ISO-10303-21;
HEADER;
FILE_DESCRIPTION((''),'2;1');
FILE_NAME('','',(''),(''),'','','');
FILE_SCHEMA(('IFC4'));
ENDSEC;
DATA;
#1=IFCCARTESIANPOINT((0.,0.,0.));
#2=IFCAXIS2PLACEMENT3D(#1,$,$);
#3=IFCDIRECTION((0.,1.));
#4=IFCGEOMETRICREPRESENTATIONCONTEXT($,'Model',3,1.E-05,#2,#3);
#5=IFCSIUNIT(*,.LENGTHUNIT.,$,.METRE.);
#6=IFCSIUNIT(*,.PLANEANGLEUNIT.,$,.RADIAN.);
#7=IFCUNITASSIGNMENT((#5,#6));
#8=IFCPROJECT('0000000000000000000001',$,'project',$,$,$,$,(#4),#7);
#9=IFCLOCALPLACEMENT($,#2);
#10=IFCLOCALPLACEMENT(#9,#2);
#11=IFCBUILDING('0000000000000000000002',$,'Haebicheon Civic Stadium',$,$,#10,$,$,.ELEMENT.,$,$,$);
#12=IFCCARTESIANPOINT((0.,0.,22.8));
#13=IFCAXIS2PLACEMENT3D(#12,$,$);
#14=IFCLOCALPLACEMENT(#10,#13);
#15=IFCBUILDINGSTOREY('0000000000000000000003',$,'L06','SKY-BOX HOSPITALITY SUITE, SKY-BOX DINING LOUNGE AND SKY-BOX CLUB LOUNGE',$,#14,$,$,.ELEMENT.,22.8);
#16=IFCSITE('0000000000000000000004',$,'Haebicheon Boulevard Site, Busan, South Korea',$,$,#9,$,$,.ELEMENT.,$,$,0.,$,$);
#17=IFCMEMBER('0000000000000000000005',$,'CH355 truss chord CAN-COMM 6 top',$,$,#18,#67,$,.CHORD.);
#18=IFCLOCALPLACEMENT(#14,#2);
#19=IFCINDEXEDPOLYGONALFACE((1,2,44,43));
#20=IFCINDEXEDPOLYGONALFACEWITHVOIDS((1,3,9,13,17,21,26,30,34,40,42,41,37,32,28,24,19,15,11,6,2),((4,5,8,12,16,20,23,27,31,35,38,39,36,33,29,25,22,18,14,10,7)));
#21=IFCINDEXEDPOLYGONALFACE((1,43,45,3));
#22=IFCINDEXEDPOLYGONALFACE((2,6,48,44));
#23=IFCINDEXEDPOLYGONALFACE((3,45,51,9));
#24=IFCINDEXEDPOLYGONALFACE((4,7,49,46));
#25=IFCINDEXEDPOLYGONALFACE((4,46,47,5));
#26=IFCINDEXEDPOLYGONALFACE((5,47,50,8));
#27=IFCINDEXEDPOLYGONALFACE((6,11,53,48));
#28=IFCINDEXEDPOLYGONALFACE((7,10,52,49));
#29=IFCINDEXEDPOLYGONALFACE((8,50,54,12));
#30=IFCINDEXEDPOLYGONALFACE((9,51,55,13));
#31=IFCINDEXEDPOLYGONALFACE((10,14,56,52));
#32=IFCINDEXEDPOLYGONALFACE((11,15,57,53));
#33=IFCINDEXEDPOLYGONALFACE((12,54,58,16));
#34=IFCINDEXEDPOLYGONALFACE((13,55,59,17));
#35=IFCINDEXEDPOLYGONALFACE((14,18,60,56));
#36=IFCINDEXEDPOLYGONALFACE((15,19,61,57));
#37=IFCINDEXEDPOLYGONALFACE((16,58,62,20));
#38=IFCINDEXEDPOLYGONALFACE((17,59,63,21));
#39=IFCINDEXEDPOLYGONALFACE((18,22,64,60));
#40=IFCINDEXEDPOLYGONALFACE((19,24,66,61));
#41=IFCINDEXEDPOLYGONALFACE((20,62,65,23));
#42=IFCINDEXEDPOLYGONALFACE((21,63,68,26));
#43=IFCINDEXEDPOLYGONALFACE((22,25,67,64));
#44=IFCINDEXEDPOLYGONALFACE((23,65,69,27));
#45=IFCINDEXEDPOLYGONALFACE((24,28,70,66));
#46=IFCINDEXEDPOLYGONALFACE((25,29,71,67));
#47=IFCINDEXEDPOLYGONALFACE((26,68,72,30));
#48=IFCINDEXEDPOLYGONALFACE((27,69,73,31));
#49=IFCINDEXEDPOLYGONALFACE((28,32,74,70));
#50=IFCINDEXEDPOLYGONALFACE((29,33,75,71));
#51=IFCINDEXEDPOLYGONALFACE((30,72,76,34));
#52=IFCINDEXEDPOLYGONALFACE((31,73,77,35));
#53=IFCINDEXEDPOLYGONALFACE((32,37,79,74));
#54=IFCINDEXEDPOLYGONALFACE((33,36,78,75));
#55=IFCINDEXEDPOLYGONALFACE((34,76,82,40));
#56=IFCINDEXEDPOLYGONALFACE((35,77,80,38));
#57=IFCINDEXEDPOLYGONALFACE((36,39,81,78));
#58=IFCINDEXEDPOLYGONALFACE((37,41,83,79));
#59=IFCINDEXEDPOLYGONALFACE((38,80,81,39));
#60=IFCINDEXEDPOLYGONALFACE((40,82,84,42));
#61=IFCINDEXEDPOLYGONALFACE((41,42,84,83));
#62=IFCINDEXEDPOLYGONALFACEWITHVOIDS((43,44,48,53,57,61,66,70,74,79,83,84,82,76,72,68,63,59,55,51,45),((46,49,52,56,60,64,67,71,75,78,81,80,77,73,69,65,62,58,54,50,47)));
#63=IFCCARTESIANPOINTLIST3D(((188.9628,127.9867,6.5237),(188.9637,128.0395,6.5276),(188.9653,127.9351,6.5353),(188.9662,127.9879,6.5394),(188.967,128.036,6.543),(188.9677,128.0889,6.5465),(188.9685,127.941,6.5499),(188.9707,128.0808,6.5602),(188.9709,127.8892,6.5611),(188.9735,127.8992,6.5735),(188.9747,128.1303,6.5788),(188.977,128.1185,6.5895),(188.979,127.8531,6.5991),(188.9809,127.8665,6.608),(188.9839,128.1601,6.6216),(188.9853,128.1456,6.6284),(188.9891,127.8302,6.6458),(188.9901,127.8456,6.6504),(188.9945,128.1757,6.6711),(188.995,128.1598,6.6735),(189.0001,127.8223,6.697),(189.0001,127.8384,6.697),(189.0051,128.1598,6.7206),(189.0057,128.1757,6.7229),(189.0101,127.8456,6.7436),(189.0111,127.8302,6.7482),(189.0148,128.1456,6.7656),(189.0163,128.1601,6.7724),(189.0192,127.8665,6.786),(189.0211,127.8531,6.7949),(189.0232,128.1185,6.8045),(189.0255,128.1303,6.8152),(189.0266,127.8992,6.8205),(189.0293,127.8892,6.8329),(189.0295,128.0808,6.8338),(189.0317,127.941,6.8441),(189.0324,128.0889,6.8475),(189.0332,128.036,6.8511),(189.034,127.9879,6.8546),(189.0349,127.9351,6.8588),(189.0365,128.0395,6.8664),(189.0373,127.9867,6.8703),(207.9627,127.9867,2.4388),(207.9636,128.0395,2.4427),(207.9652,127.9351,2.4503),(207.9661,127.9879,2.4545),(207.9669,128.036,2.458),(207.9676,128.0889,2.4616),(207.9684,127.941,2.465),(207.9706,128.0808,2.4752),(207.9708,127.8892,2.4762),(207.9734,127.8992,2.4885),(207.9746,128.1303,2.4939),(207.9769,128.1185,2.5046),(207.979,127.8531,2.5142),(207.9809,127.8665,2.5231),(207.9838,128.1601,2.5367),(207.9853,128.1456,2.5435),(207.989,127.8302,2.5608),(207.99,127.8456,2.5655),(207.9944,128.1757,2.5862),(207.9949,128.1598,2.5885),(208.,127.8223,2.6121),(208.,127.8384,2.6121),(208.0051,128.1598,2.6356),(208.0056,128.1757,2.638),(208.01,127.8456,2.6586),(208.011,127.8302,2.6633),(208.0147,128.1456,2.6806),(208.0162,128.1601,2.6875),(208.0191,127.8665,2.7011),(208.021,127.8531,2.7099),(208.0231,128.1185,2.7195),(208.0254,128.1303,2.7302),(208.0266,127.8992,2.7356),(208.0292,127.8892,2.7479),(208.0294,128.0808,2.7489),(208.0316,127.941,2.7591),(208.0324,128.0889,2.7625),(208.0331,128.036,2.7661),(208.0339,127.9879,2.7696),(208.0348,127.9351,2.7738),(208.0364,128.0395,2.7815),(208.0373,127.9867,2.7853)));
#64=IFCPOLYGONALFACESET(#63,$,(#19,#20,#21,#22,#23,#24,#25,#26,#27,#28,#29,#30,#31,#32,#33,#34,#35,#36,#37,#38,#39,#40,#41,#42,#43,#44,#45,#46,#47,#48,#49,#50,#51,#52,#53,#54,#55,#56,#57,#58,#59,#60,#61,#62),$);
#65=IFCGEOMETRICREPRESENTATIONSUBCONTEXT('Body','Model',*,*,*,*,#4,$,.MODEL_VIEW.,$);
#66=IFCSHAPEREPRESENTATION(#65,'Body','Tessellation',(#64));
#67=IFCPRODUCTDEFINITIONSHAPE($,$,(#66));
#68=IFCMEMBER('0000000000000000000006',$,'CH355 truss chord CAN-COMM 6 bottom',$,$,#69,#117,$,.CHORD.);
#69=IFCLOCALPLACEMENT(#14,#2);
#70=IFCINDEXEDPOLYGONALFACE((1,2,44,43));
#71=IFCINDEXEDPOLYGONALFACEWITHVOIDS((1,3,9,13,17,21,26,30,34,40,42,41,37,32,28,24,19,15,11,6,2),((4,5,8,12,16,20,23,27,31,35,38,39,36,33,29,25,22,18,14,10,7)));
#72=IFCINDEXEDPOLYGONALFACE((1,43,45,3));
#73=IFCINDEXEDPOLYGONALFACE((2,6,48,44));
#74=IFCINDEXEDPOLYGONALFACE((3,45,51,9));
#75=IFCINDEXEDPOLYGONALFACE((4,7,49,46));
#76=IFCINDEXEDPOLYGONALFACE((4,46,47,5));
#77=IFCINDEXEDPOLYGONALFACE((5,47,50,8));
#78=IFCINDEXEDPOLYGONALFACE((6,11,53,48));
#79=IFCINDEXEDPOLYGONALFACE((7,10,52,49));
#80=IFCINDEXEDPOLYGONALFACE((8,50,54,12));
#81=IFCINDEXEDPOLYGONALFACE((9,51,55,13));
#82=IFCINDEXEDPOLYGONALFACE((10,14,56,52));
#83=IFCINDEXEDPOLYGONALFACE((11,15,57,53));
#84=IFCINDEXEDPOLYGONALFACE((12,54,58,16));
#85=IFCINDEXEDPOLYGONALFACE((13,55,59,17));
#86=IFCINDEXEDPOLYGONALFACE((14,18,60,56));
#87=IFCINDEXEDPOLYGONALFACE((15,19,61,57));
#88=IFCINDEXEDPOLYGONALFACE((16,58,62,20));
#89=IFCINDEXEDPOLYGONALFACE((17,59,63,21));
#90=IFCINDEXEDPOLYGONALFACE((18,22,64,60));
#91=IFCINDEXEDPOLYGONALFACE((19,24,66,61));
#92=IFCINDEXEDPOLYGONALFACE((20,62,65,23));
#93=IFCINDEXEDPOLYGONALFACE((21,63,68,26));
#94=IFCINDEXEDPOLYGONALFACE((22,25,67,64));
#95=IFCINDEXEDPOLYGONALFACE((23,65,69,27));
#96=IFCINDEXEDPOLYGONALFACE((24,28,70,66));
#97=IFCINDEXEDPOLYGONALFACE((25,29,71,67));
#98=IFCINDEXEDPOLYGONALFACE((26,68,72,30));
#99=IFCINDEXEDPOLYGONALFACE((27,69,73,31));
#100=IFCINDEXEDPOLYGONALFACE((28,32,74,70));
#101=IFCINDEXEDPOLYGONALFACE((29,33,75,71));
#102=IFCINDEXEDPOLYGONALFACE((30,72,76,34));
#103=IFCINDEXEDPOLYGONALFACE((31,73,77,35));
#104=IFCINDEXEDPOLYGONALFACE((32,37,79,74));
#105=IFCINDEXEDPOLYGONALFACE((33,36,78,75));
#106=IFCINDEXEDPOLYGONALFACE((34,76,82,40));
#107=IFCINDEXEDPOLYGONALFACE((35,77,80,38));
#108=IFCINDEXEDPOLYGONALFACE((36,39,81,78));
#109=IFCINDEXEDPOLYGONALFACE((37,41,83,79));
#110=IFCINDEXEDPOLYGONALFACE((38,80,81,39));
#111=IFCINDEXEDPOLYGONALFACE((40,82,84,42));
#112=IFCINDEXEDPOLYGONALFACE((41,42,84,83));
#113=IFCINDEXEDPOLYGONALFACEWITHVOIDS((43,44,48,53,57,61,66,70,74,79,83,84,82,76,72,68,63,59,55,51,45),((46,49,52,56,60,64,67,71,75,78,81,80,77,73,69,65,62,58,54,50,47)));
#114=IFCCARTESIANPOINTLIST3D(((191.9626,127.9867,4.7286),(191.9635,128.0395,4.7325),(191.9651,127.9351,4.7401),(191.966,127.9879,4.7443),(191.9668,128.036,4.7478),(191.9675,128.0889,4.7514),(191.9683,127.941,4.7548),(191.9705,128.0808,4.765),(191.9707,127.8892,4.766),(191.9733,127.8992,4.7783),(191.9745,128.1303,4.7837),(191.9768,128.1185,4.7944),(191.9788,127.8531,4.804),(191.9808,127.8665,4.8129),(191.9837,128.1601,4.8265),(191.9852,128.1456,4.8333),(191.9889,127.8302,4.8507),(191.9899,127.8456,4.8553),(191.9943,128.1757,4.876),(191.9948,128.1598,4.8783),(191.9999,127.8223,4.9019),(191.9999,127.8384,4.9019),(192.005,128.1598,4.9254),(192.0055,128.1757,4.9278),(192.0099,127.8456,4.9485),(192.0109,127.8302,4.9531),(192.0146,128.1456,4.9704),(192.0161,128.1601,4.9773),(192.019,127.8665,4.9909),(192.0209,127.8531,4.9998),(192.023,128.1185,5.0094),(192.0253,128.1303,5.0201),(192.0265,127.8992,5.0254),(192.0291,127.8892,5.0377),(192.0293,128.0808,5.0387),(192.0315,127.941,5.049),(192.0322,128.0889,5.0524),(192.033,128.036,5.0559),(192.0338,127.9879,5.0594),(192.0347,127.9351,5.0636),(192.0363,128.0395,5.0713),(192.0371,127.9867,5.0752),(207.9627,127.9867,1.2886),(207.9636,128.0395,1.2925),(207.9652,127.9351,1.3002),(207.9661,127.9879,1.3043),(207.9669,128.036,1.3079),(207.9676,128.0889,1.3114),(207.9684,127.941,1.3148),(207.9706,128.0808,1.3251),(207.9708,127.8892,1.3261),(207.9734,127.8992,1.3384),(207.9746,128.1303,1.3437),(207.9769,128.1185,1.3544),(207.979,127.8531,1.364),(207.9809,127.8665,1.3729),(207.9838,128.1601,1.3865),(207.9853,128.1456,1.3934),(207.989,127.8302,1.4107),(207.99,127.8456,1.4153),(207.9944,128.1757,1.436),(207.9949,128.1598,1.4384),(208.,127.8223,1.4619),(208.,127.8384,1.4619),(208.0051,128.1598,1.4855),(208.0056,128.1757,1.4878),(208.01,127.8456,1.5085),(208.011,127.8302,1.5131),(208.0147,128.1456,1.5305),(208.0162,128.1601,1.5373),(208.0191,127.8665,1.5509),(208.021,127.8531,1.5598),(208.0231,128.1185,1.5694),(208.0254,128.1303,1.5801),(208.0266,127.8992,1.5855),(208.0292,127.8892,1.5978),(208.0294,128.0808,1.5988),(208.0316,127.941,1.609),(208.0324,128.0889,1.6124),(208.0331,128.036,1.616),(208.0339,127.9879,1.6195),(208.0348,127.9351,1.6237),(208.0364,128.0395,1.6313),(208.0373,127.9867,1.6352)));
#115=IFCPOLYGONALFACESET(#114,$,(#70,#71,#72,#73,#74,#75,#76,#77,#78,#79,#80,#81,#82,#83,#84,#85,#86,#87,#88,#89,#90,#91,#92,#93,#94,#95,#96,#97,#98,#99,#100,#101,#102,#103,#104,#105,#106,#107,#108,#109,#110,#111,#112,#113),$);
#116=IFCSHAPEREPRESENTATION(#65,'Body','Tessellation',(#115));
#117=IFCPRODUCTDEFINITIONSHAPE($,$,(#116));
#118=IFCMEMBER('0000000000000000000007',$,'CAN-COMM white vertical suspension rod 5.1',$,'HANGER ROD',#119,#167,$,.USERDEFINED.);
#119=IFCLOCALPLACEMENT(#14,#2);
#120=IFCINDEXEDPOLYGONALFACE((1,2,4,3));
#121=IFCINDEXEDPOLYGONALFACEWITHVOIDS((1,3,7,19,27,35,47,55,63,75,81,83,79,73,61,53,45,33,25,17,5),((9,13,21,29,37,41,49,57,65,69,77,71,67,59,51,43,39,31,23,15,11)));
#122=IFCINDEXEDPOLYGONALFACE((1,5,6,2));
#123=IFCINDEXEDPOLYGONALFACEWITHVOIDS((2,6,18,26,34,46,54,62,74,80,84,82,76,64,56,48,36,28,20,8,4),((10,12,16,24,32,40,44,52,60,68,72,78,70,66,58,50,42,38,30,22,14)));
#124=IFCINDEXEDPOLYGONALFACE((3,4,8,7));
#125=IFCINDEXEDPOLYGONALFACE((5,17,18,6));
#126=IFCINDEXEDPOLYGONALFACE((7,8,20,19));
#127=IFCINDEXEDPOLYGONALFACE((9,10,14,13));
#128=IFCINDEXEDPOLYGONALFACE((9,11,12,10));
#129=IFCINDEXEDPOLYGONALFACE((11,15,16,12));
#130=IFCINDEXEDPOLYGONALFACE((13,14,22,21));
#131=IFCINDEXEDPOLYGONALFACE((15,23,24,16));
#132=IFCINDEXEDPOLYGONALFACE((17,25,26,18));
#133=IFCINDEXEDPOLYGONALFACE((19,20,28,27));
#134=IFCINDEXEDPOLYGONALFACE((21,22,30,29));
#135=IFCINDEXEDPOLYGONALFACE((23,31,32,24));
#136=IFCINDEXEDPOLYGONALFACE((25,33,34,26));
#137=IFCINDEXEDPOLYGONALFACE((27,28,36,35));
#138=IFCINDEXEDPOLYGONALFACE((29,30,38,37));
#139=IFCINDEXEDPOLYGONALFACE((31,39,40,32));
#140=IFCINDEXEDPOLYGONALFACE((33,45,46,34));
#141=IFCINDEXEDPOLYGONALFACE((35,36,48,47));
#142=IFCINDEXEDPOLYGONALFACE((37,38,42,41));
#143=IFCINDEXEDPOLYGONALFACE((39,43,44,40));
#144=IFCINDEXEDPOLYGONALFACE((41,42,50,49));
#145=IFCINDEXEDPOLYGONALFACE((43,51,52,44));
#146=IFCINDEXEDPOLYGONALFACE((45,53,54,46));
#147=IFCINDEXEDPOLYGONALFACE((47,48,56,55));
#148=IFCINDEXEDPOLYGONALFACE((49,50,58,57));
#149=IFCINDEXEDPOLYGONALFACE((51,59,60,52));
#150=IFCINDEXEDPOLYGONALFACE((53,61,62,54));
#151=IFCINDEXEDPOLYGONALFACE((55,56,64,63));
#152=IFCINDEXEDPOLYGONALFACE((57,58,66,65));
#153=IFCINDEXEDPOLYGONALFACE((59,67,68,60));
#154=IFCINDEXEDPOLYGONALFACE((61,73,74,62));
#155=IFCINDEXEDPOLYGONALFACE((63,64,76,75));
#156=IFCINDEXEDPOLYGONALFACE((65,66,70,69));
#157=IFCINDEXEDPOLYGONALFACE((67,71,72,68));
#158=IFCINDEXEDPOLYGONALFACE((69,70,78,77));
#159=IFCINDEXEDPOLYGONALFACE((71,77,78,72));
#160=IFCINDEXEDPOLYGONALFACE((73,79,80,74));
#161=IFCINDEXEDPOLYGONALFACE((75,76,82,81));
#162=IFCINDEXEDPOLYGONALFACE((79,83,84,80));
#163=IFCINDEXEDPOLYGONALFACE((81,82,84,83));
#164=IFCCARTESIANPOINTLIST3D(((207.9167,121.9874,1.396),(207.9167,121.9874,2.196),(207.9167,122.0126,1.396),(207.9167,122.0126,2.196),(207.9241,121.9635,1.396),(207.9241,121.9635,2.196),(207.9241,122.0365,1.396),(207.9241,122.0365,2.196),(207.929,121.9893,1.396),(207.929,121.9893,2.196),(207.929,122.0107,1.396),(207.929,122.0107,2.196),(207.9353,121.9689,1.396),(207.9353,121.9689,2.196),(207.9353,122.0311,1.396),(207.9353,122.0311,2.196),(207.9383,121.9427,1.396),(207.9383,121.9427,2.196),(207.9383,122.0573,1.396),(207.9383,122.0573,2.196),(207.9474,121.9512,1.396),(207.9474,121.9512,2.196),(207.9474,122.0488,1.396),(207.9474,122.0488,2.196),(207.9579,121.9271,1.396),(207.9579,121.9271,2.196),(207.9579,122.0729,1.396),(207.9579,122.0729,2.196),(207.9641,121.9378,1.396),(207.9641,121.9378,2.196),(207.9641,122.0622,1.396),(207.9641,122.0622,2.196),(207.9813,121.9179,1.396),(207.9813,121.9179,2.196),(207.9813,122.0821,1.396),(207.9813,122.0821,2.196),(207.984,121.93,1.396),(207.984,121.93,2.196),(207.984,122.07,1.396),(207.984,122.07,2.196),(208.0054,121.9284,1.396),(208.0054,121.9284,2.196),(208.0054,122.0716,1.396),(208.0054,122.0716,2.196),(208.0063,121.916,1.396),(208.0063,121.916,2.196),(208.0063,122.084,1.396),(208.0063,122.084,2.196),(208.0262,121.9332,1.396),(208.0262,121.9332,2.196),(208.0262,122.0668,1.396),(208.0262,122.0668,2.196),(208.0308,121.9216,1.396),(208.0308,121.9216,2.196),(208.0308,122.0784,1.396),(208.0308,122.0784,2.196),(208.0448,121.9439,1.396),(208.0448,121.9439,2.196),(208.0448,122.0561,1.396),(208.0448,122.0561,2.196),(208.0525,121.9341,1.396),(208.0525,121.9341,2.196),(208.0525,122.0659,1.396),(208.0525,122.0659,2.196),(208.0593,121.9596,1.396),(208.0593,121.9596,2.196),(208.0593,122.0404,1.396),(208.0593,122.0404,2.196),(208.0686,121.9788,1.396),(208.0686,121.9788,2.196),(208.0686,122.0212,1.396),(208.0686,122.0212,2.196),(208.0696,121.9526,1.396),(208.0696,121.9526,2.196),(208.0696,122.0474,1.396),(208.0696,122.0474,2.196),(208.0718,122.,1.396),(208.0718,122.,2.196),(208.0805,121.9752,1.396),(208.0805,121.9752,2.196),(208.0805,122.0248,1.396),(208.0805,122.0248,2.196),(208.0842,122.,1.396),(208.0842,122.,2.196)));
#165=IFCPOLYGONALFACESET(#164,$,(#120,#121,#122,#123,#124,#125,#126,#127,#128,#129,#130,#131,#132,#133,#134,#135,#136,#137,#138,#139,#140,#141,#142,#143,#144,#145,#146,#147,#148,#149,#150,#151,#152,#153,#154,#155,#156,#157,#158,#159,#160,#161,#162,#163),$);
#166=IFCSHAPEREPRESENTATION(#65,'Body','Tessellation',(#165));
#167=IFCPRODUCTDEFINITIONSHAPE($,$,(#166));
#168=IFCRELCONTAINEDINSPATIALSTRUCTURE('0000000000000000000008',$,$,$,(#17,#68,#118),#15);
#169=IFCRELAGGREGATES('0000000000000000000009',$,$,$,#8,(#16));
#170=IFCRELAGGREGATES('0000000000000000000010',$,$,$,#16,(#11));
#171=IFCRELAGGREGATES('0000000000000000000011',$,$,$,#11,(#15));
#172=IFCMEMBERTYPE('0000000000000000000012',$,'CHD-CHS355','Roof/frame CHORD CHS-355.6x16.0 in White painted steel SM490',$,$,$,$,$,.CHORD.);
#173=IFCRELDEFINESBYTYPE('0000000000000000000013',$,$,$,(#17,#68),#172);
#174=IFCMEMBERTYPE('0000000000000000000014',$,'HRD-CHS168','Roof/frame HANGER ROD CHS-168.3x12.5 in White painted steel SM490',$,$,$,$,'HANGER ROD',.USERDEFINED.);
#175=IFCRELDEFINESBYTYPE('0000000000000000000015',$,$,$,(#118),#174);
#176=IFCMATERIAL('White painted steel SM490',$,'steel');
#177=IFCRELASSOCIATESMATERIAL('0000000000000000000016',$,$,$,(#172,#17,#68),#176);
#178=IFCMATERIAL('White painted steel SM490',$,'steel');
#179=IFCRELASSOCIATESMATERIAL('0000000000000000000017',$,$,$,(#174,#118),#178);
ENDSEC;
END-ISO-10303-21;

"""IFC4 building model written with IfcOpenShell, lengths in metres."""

from ifc_helpers import new_model, si_unit, direction, frame, origin, origin_2d, place, context, subcontext, project, spatial, hollow_circle, extrude, material, material_profile, profile_set, type_object, element, save


model = new_model("IFC4")

# Units and contexts
model_context = context("Model", 3, precision=1e-05, world=origin(), true_north=direction((0.0, 1.0)))
body_context = subcontext(model_context, "Body", "Model", "MODEL_VIEW")
ifc_project = project(units=[si_unit("LENGTHUNIT", "METRE"), si_unit("PLANEANGLEUNIT", "RADIAN")], contexts=[model_context])

# Site, building, storey
site_placement = place(None, origin())
site = spatial("IfcSite", under=ifc_project, at=site_placement, Name="Haebicheon Boulevard Site, Busan, South Korea", CompositionType="ELEMENT", RefElevation=0.0)
building_placement = place(site_placement, origin())
building = spatial("IfcBuilding", under=site, at=building_placement, Name="Haebicheon Civic Stadium", CompositionType="ELEMENT")
storey_placement = place(building_placement, frame((0.0, 0.0, 22.8)))
storey = spatial("IfcBuildingStorey", under=building, at=storey_placement, Name="L06", Description="SKY-BOX HOSPITALITY SUITE, SKY-BOX DINING LOUNGE AND SKY-BOX CLUB LOUNGE", CompositionType="ELEMENT", Elevation=22.8)

# Members
ifc_material_1 = material(Name="White painted steel SM490", Category="steel")
ifc_material_profile_1 = material_profile(ifc_material_1, hollow_circle(Radius=0.1777, WallThickness=0.0161, at=origin_2d()), Name="CHS-355.6x16.0")
ifc_profile_set_1 = profile_set([ifc_material_profile_1], Name="White painted steel SM490")
member_type_1 = type_object("IfcMemberType", Name="CHD-CHS355", Description="Roof/frame CHORD CHS-355.6x16.0 in White painted steel SM490", PredefinedType="CHORD", material=ifc_profile_set_1)
member_1_placement = place(storey_placement, frame((208.0, 128.0, 2.6121), z_axis=(-0.97766, 0.0, 0.210195), x_axis=(0.0, -1.0, 0.0)))
element("IfcMember", 1, at=member_1_placement, inside=storey, type_object=member_type_1, material=ifc_profile_set_1, Name="CH355 truss chord CAN-COMM 6 top", PredefinedType="CHORD", context=body_context, shape_type="SweptSolid", body=[
    extrude(hollow_circle(Radius=0.1777, WallThickness=0.0161, at=origin_2d()), origin(), (0.0, 0.0, 1.0), 19.4341),
])
member_2_placement = place(storey_placement, frame((208.0, 128.0, 1.4619), z_axis=(-0.97766, 0.0, 0.210193), x_axis=(0.0, -1.0, 0.0)))
element("IfcMember", 2, at=member_2_placement, inside=storey, type_object=member_type_1, material=ifc_profile_set_1, Name="CH355 truss chord CAN-COMM 6 bottom", PredefinedType="CHORD", context=body_context, shape_type="SweptSolid", body=[
    extrude(hollow_circle(Radius=0.1777, WallThickness=0.0161, at=origin_2d()), origin(), (0.0, 0.0, 1.0), 16.3657),
])
ifc_material_2 = material(Name="White painted steel SM490", Category="steel")
ifc_material_profile_2 = material_profile(ifc_material_2, hollow_circle(Radius=0.0842, WallThickness=0.0125, at=origin_2d()), Name="CHS-168.3x12.5")
ifc_profile_set_2 = profile_set([ifc_material_profile_2], Name="White painted steel SM490")
member_type_2 = type_object("IfcMemberType", Name="HRD-CHS168", Description="Roof/frame HANGER ROD CHS-168.3x12.5 in White painted steel SM490", ElementType="HANGER ROD", PredefinedType="USERDEFINED", material=ifc_profile_set_2)
for number, where, z_axis, x_axis, name in (
    (3, (208.0, 122.0, 1.396), (0.0, 0.0, 1.0), (1.0, 0.0, 0.0), "CAN-COMM white vertical suspension rod 5.1"),
):
    element("IfcMember", number, at=place(storey_placement, frame(where, z_axis=z_axis, x_axis=x_axis)), inside=storey, type_object=member_type_2, material=ifc_profile_set_2, Name=name, ObjectType="HANGER ROD", PredefinedType="USERDEFINED", context=body_context, shape_type="SweptSolid", body=[
        extrude(hollow_circle(Radius=0.0842, WallThickness=0.0125, at=origin_2d()), origin(), (0.0, 0.0, 1.0), 0.8),
    ])

save(model, "model.ifc")
